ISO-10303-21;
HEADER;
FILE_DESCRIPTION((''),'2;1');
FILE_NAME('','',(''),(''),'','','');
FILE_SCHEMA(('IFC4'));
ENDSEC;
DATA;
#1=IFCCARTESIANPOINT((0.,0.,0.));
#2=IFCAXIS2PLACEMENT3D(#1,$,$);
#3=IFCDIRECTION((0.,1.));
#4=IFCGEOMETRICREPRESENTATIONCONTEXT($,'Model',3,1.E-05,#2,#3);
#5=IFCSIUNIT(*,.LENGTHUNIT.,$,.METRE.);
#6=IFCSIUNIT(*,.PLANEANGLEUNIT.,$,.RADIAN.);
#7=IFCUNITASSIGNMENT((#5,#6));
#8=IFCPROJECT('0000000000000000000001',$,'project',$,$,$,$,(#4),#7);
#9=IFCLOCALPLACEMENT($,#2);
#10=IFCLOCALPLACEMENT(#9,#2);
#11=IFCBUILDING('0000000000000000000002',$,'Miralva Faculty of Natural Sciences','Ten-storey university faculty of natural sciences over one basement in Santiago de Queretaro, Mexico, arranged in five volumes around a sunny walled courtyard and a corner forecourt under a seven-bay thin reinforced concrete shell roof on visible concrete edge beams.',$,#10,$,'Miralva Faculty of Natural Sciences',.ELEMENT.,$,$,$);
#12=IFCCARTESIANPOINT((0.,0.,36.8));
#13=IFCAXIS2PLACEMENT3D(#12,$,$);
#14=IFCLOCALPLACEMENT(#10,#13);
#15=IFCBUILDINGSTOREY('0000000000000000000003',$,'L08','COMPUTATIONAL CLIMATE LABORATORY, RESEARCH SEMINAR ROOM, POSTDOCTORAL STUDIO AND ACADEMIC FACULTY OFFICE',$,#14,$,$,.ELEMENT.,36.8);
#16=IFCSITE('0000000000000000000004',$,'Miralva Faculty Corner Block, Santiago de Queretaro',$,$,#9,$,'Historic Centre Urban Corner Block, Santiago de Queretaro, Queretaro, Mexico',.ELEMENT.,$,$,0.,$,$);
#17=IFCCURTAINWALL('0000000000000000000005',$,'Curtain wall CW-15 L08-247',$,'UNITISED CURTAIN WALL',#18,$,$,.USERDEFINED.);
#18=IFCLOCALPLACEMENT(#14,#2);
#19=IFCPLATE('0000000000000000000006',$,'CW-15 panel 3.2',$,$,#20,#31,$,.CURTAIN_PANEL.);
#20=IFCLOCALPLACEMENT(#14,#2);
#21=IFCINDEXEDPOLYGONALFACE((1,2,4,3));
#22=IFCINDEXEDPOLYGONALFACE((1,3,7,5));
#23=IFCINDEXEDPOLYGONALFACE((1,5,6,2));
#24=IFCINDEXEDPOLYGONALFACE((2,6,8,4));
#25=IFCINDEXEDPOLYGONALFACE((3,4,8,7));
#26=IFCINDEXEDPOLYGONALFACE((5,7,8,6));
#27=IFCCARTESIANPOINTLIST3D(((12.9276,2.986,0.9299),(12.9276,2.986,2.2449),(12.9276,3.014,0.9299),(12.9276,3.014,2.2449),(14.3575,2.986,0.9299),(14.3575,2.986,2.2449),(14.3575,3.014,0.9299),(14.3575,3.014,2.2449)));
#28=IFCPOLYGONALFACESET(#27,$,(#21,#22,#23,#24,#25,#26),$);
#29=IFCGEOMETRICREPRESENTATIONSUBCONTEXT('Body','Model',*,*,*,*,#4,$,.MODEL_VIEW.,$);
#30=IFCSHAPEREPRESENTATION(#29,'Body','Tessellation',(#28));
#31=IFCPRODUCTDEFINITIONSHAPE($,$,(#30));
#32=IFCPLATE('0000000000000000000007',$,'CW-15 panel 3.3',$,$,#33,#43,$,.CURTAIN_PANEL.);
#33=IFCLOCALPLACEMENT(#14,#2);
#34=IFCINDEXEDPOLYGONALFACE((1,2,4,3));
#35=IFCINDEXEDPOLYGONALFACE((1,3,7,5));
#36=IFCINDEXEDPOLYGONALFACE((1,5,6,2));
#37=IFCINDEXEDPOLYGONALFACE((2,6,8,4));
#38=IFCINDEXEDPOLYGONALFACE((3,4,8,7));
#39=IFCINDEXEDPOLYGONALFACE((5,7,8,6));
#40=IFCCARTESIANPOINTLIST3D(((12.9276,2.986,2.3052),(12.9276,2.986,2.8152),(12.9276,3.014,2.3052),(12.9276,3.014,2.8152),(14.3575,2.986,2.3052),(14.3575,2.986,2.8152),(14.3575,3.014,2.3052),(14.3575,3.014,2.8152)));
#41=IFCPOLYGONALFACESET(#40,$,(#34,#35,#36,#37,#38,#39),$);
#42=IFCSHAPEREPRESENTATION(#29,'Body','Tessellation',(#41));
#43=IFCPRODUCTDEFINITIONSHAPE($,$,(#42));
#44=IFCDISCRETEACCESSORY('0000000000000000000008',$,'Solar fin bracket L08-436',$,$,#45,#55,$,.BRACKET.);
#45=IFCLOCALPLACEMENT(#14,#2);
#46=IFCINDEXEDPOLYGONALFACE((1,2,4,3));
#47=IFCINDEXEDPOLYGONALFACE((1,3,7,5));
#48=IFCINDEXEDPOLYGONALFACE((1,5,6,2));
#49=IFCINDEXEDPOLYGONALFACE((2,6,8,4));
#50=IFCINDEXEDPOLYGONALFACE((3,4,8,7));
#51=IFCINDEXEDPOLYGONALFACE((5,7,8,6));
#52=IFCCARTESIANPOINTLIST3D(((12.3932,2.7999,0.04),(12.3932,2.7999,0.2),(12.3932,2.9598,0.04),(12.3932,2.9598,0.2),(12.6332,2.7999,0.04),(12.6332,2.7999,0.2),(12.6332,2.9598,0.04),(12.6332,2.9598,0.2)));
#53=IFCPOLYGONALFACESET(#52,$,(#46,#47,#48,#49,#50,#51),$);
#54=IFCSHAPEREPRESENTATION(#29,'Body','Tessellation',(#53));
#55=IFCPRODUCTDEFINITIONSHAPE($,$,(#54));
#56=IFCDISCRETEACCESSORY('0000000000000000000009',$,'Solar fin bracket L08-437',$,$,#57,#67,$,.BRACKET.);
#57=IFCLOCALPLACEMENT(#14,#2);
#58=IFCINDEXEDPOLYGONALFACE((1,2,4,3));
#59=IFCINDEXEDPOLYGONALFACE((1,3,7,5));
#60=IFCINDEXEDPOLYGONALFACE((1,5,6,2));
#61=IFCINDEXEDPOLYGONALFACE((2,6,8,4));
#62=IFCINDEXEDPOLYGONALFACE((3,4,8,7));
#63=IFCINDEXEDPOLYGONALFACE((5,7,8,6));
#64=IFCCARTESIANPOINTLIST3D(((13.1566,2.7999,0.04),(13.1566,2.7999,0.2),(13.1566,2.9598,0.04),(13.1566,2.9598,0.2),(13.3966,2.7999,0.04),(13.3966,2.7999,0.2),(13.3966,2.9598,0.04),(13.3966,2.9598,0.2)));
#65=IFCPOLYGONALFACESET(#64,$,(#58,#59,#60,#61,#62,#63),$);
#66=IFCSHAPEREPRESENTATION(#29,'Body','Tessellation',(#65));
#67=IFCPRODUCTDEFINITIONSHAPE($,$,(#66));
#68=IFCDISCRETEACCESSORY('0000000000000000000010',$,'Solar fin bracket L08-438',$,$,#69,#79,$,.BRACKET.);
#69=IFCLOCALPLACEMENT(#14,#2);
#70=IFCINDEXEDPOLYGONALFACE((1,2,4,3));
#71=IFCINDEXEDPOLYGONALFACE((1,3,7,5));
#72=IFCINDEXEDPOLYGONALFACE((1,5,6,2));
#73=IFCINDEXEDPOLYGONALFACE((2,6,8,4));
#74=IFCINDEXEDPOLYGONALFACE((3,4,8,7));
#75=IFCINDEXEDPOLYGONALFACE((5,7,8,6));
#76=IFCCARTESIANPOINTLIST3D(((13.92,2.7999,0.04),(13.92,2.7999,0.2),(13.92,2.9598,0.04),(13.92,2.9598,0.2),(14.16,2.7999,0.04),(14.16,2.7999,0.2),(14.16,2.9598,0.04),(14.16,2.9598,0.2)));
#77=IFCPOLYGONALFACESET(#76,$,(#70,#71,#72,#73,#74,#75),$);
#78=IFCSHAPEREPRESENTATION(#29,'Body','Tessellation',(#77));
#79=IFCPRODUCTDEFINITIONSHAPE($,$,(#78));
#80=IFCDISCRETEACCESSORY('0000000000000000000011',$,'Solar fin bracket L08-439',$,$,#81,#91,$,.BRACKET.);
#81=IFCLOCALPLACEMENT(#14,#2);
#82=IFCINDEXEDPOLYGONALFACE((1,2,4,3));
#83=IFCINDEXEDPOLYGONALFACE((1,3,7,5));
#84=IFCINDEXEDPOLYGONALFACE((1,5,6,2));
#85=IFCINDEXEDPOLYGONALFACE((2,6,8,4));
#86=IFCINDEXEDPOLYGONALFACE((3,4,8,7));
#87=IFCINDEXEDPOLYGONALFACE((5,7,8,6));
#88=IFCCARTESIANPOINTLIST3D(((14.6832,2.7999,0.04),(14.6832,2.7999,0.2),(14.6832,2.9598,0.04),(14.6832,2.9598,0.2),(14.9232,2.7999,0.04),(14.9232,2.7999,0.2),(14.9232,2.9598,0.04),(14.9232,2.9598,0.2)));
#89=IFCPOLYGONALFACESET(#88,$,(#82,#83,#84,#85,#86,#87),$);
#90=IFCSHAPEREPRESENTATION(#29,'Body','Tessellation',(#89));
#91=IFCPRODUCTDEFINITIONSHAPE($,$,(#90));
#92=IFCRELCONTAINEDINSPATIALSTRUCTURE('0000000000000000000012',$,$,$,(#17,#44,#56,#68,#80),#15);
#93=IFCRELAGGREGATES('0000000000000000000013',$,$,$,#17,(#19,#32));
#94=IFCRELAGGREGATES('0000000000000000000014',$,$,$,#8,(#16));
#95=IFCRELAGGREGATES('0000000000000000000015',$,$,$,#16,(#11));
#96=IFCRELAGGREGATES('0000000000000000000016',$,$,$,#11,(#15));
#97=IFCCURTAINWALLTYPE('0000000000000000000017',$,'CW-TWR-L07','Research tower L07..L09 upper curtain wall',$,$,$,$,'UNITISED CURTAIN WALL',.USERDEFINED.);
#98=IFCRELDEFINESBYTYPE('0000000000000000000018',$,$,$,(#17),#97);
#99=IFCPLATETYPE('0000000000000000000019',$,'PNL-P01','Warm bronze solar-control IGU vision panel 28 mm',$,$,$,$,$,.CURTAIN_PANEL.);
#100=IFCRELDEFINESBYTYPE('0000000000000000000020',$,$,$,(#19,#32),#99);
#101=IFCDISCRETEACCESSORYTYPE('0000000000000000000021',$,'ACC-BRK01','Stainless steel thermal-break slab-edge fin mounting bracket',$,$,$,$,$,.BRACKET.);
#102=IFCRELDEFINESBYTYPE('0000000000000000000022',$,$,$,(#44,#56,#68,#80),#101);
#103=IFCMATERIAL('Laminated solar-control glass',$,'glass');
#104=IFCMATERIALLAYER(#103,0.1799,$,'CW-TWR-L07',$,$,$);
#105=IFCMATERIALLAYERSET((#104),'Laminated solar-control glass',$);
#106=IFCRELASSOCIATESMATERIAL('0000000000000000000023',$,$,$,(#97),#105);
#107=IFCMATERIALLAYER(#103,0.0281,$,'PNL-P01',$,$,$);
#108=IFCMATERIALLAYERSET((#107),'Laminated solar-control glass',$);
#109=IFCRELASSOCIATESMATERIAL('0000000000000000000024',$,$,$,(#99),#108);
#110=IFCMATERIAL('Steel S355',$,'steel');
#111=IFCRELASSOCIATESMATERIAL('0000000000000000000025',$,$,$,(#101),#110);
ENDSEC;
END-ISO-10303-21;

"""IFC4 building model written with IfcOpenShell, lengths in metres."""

from ifc_helpers import new_model, si_unit, direction, frame, origin, origin_2d, place, context, subcontext, project, spatial, rectangle, extrude, material, layer, layer_set, type_object, element, aggregate, save


model = new_model("IFC4")

# Units and contexts
model_context = context("Model", 3, precision=1e-05, world=origin(), true_north=direction((0.0, 1.0)))
body_context = subcontext(model_context, "Body", "Model", "MODEL_VIEW")
ifc_project = project(units=[si_unit("LENGTHUNIT", "METRE"), si_unit("PLANEANGLEUNIT", "RADIAN")], contexts=[model_context])

# Site, building, storey
site_placement = place(None, origin())
site = spatial("IfcSite", under=ifc_project, at=site_placement, Name="Miralva Faculty Corner Block, Santiago de Queretaro", LongName="Historic Centre Urban Corner Block, Santiago de Queretaro, Queretaro, Mexico", CompositionType="ELEMENT", RefElevation=0.0)
building_placement = place(site_placement, origin())
building = spatial("IfcBuilding", under=site, at=building_placement, Name="Miralva Faculty of Natural Sciences", Description="Ten-storey university faculty of natural sciences over one basement in Santiago de Queretaro, Mexico, arranged in five volumes around a sunny walled courtyard and a corner forecourt under a seven-bay thin reinforced concrete shell roof on visible concrete edge beams.", LongName="Miralva Faculty of Natural Sciences", CompositionType="ELEMENT")
storey_placement = place(building_placement, frame((0.0, 0.0, 36.8)))
storey = spatial("IfcBuildingStorey", under=building, at=storey_placement, Name="L08", Description="COMPUTATIONAL CLIMATE LABORATORY, RESEARCH SEMINAR ROOM, POSTDOCTORAL STUDIO AND ACADEMIC FACULTY OFFICE", CompositionType="ELEMENT", Elevation=36.8)

# Curtain wall
ifc_material_1 = material(Name="Laminated solar-control glass", Category="glass")
ifc_layer_1 = layer(ifc_material_1, 0.1799, Name="CW-TWR-L07")
ifc_layer_set_1 = layer_set([ifc_layer_1], Name="Laminated solar-control glass")
curtain_wall_type = type_object("IfcCurtainWallType", Name="CW-TWR-L07", Description="Research tower L07..L09 upper curtain wall", ElementType="UNITISED CURTAIN WALL", PredefinedType="USERDEFINED", material=ifc_layer_set_1)
curtain_wall_placement = place(storey_placement, origin())
curtain_wall = element("IfcCurtainWall", 1, at=curtain_wall_placement, inside=storey, type_object=curtain_wall_type, Name="Curtain wall CW-15 L08-247", ObjectType="UNITISED CURTAIN WALL", PredefinedType="USERDEFINED")

# Plates
ifc_layer_2 = layer(ifc_material_1, 0.0281, Name="PNL-P01")
ifc_layer_set_2 = layer_set([ifc_layer_2], Name="Laminated solar-control glass")
plate_type = type_object("IfcPlateType", Name="PNL-P01", Description="Warm bronze solar-control IGU vision panel 28 mm", PredefinedType="CURTAIN_PANEL", material=ifc_layer_set_2)
plate_1_placement = place(storey_placement, frame((13.6426, 3.0, 0.9299), z_axis=(0.0, 0.0, 1.0), x_axis=(1.0, 0.0, 0.0)))
plate_1 = element("IfcPlate", 2, at=plate_1_placement, type_object=plate_type, Name="CW-15 panel 3.2", PredefinedType="CURTAIN_PANEL", context=body_context, shape_type="SweptSolid", body=[
    extrude(rectangle(XDim=1.4299, YDim=0.0281, at=origin_2d()), origin(), (0.0, 0.0, 1.0), 1.3149),
])
plate_2_placement = place(storey_placement, frame((13.6426, 3.0, 2.3052), z_axis=(0.0, 0.0, 1.0), x_axis=(1.0, 0.0, 0.0)))
plate_2 = element("IfcPlate", 3, at=plate_2_placement, type_object=plate_type, Name="CW-15 panel 3.3", PredefinedType="CURTAIN_PANEL", context=body_context, shape_type="SweptSolid", body=[
    extrude(rectangle(XDim=1.4299, YDim=0.0281, at=origin_2d()), origin(), (0.0, 0.0, 1.0), 0.51),
])
aggregate(curtain_wall, [plate_1, plate_2])

# Discrete accessories
ifc_material_2 = material(Name="Steel S355", Category="steel")
discrete_accessory_type = type_object("IfcDiscreteAccessoryType", Name="ACC-BRK01", Description="Stainless steel thermal-break slab-edge fin mounting bracket", PredefinedType="BRACKET", material=ifc_material_2)
for number, where, z_axis, x_axis, name in (
    (4, (12.5132, 2.8799, 0.04), (0.0, 0.0, 1.0), (0.0, -1.0, 0.0), "Solar fin bracket L08-436"),
    (5, (13.2766, 2.8799, 0.04), (0.0, 0.0, 1.0), (0.0, -1.0, 0.0), "Solar fin bracket L08-437"),
    (6, (14.04, 2.8799, 0.04), (0.0, 0.0, 1.0), (0.0, -1.0, 0.0), "Solar fin bracket L08-438"),
    (7, (14.8032, 2.8799, 0.04), (0.0, 0.0, 1.0), (0.0, -1.0, 0.0), "Solar fin bracket L08-439"),
):
    element("IfcDiscreteAccessory", number, at=place(storey_placement, frame(where, z_axis=z_axis, x_axis=x_axis)), inside=storey, type_object=discrete_accessory_type, Name=name, PredefinedType="BRACKET", context=body_context, shape_type="SweptSolid", body=[
        extrude(rectangle(XDim=0.1599, YDim=0.24, at=origin_2d()), origin(), (0.0, 0.0, 1.0), 0.1599),
    ])

save(model, "model.ifc")
